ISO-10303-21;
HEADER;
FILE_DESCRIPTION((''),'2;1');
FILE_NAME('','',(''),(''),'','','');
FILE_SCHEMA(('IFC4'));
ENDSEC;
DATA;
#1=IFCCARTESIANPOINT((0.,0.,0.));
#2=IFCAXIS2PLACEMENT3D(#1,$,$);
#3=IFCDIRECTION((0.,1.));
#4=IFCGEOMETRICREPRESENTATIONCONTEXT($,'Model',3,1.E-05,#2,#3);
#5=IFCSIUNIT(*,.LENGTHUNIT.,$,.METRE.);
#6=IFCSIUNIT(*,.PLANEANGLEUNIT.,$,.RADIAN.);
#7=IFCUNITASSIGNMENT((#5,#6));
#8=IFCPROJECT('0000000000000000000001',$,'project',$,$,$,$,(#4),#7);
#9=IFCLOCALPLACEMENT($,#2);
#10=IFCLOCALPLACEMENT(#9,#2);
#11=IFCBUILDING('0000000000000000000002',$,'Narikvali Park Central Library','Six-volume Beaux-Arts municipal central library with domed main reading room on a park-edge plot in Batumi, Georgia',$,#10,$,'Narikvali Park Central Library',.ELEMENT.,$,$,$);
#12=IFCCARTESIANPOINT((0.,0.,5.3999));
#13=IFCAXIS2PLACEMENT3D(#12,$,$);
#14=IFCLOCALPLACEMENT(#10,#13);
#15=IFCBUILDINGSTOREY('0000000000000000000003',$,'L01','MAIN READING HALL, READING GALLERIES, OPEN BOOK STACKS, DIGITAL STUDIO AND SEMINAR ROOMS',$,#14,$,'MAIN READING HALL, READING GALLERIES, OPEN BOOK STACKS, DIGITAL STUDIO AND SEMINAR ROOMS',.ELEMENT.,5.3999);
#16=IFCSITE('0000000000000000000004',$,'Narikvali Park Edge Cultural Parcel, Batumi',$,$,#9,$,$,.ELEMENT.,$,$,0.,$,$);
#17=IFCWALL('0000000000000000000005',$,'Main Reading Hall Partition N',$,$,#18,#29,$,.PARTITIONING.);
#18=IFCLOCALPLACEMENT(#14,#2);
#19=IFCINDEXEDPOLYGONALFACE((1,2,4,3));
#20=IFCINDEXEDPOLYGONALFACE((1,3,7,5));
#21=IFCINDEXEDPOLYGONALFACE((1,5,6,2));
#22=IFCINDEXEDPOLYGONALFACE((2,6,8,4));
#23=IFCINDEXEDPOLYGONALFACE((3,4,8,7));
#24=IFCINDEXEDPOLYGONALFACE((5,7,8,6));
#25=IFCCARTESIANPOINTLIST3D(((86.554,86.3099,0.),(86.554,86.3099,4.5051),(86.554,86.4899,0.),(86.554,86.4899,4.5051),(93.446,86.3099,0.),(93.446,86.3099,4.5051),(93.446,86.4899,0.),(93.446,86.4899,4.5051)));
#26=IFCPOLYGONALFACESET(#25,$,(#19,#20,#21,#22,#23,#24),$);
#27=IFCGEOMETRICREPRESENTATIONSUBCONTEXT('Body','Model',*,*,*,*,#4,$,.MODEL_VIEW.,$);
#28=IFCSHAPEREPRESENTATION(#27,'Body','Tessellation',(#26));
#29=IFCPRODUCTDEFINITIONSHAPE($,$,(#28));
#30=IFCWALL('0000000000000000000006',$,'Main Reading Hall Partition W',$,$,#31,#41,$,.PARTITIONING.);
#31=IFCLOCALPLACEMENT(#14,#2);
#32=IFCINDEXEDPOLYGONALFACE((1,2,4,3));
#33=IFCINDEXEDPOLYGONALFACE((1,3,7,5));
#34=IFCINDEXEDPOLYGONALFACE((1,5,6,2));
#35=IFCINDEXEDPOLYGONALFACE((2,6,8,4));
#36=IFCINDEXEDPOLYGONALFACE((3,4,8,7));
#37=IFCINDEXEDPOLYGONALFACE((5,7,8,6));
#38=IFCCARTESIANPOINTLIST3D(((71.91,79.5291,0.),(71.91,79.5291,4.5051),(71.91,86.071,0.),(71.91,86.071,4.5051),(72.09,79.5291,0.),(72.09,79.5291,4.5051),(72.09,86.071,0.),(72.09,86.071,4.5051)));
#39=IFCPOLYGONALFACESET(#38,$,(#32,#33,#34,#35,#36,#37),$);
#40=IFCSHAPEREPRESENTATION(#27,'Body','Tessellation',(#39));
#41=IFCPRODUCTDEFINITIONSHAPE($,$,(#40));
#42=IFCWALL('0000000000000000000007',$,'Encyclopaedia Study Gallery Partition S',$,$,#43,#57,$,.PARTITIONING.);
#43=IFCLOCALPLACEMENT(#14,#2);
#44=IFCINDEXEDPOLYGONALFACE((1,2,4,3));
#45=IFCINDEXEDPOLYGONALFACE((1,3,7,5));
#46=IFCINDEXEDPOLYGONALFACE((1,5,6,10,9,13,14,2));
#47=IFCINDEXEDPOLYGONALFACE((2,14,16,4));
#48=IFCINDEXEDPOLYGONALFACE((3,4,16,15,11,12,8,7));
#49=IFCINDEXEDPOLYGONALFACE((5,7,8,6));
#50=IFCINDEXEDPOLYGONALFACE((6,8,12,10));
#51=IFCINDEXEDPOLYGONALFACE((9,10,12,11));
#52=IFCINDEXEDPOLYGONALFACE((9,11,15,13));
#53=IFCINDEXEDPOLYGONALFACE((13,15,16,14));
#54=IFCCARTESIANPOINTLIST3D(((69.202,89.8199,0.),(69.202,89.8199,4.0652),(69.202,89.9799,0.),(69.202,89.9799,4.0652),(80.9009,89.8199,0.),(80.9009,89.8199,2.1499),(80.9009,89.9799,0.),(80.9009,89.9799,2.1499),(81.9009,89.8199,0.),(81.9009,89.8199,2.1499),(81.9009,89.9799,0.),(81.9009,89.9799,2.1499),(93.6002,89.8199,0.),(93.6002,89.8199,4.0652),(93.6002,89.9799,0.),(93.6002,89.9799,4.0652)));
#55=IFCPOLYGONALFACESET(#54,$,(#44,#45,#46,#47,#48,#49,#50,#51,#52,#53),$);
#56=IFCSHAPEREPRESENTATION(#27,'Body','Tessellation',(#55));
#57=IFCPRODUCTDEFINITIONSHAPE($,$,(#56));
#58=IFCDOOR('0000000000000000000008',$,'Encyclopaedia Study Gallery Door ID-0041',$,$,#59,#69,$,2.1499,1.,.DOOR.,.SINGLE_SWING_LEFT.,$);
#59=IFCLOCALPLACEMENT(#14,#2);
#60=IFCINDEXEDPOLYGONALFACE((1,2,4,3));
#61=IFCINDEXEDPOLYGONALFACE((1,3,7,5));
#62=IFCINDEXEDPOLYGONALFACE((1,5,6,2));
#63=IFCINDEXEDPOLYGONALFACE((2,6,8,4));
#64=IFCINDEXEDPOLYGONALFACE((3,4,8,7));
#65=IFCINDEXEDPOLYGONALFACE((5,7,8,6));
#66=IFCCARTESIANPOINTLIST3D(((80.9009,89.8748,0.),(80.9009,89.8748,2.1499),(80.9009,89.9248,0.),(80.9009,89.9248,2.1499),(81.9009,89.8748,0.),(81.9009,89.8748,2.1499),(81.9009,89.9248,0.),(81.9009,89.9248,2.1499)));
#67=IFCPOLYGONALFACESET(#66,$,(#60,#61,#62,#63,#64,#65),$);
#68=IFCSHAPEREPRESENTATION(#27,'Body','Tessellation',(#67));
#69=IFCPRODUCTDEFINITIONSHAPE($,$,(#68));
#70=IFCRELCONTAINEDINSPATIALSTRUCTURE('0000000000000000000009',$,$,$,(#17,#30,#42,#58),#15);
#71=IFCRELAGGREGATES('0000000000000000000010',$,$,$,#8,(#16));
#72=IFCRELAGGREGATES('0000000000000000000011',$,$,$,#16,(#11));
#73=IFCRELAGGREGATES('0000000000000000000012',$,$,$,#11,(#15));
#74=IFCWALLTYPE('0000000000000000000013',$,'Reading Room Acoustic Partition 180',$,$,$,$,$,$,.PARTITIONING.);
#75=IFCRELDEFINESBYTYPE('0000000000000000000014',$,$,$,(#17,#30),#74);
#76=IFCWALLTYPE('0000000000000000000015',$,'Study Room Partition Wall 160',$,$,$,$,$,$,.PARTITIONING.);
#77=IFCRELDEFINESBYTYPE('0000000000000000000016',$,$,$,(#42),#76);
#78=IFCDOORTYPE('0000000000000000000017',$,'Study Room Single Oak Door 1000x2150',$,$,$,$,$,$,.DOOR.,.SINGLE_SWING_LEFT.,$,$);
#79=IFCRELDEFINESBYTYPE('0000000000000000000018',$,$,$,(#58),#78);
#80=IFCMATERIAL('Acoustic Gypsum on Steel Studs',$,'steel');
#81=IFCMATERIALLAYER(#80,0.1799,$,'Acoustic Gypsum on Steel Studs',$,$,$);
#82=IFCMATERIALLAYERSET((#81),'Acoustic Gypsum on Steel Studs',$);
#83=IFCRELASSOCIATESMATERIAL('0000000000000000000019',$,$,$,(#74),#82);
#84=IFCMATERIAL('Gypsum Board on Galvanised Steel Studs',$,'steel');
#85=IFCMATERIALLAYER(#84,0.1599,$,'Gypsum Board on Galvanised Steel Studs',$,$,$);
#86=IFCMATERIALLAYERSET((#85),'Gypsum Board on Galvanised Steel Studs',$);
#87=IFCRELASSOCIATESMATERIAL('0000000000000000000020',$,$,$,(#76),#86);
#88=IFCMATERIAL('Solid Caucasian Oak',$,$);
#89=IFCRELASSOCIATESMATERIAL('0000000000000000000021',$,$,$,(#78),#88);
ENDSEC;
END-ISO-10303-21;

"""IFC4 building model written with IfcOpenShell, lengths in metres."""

from ifc_helpers import new_model, si_unit, direction, frame, frame_2d, origin, place, context, subcontext, project, spatial, rectangle, extrude, material, layer, layer_set, type_object, element, fill, save


model = new_model("IFC4")

# Units and contexts
model_context = context("Model", 3, precision=1e-05, world=origin(), true_north=direction((0.0, 1.0)))
body_context = subcontext(model_context, "Body", "Model", "MODEL_VIEW")
ifc_project = project(units=[si_unit("LENGTHUNIT", "METRE"), si_unit("PLANEANGLEUNIT", "RADIAN")], contexts=[model_context])

# Site, building, storey
site_placement = place(None, origin())
site = spatial("IfcSite", under=ifc_project, at=site_placement, Name="Narikvali Park Edge Cultural Parcel, Batumi", CompositionType="ELEMENT", RefElevation=0.0)
building_placement = place(site_placement, origin())
building = spatial("IfcBuilding", under=site, at=building_placement, Name="Narikvali Park Central Library", Description="Six-volume Beaux-Arts municipal central library with domed main reading room on a park-edge plot in Batumi, Georgia", LongName="Narikvali Park Central Library", CompositionType="ELEMENT")
storey_placement = place(building_placement, frame((0.0, 0.0, 5.3999)))
storey = spatial("IfcBuildingStorey", under=building, at=storey_placement, Name="L01", Description="MAIN READING HALL, READING GALLERIES, OPEN BOOK STACKS, DIGITAL STUDIO AND SEMINAR ROOMS", LongName="MAIN READING HALL, READING GALLERIES, OPEN BOOK STACKS, DIGITAL STUDIO AND SEMINAR ROOMS", CompositionType="ELEMENT", Elevation=5.3999)

# Shared definitions
ifc_material_1 = material(Name="Acoustic Gypsum on Steel Studs", Category="steel")
ifc_layer_1 = layer(ifc_material_1, 0.1799, Name="Acoustic Gypsum on Steel Studs")
ifc_layer_set_1 = layer_set([ifc_layer_1], Name="Acoustic Gypsum on Steel Studs")
wall_type_1 = type_object("IfcWallType", Name="Reading Room Acoustic Partition 180", PredefinedType="PARTITIONING", material=ifc_layer_set_1)

# Walls
for number, where, z_axis, x_axis, name in (
    (1, (86.554, 86.3999, 0.0), (0.0, 0.0, 1.0), (1.0, 0.0, 0.0), "Main Reading Hall Partition N"),
):
    element("IfcWall", number, at=place(storey_placement, frame(where, z_axis=z_axis, x_axis=x_axis)), inside=storey, type_object=wall_type_1, Name=name, PredefinedType="PARTITIONING", context=body_context, shape_type="SweptSolid", body=[
        extrude(rectangle(XDim=6.8921, YDim=0.1799, at=frame_2d((3.446, 0.0))), origin(), (0.0, 0.0, 1.0), 4.5051),
    ])
wall_1_placement = place(storey_placement, frame((72.0, 79.5291, 0.0), z_axis=(0.0, 0.0, 1.0), x_axis=(0.0, 1.0, 0.0)))
element("IfcWall", 2, at=wall_1_placement, inside=storey, type_object=wall_type_1, Name="Main Reading Hall Partition W", PredefinedType="PARTITIONING", context=body_context, shape_type="SweptSolid", body=[
    extrude(rectangle(XDim=6.542, YDim=0.1799, at=frame_2d((3.271, 0.0))), origin(), (0.0, 0.0, 1.0), 4.5051),
])

# Wall, opening, door
ifc_material_2 = material(Name="Gypsum Board on Galvanised Steel Studs", Category="steel")
ifc_layer_2 = layer(ifc_material_2, 0.1599, Name="Gypsum Board on Galvanised Steel Studs")
ifc_layer_set_2 = layer_set([ifc_layer_2], Name="Gypsum Board on Galvanised Steel Studs")
wall_type_2 = type_object("IfcWallType", Name="Study Room Partition Wall 160", PredefinedType="PARTITIONING", material=ifc_layer_set_2)
wall_2_placement = place(storey_placement, frame((69.2019, 89.8999, 0.0), z_axis=(0.0, 0.0, 1.0), x_axis=(1.0, 0.0, 0.0)))
wall_2 = element("IfcWall", 3, at=wall_2_placement, inside=storey, type_object=wall_type_2, Name="Encyclopaedia Study Gallery Partition S", PredefinedType="PARTITIONING", context=body_context, shape_type="SweptSolid", body=[
    extrude(rectangle(XDim=24.3982, YDim=0.1599, at=frame_2d((12.1992, 0.0))), origin(), (0.0, 0.0, 1.0), 4.0652),
])
opening_1_placement = place(wall_2_placement, frame((11.699, 0.0, 0.0)))
opening_1 = element("IfcOpeningElement", 4, at=opening_1_placement, cuts=wall_2, PredefinedType="OPENING", context=body_context, shape_type="SweptSolid", body=[
    extrude(rectangle(XDim=1.0, YDim=2.1499, at=frame_2d((0.5, 1.075))), frame((0.0, 0.0918, 0.0), z_axis=(0.0, -1.0, 0.0), x_axis=(1.0, 0.0, 0.0)), (0.0, 0.0, 1.0), 0.1838),
])
ifc_material_3 = material(Name="Solid Caucasian Oak")
door_type_1 = type_object("IfcDoorType", Name="Study Room Single Oak Door 1000x2150", OperationType="SINGLE_SWING_LEFT", PredefinedType="DOOR", material=ifc_material_3)
door_1_placement = place(opening_1_placement, origin())
door_1 = element("IfcDoor", 5, at=door_1_placement, inside=storey, type_object=door_type_1, Name="Encyclopaedia Study Gallery Door ID-0041", OperationType="SINGLE_SWING_LEFT", OverallHeight=2.1499, OverallWidth=1.0, PredefinedType="DOOR", context=body_context, shape_type="SweptSolid", body=[
    extrude(rectangle(XDim=1.0, YDim=2.1499, at=frame_2d((0.5, 1.075))), frame((0.0, 0.0249, 0.0), z_axis=(0.0, -1.0, 0.0), x_axis=(1.0, 0.0, 0.0)), (0.0, 0.0, 1.0), 0.05),
])
fill(opening_1, door_1)

save(model, "model.ifc")
